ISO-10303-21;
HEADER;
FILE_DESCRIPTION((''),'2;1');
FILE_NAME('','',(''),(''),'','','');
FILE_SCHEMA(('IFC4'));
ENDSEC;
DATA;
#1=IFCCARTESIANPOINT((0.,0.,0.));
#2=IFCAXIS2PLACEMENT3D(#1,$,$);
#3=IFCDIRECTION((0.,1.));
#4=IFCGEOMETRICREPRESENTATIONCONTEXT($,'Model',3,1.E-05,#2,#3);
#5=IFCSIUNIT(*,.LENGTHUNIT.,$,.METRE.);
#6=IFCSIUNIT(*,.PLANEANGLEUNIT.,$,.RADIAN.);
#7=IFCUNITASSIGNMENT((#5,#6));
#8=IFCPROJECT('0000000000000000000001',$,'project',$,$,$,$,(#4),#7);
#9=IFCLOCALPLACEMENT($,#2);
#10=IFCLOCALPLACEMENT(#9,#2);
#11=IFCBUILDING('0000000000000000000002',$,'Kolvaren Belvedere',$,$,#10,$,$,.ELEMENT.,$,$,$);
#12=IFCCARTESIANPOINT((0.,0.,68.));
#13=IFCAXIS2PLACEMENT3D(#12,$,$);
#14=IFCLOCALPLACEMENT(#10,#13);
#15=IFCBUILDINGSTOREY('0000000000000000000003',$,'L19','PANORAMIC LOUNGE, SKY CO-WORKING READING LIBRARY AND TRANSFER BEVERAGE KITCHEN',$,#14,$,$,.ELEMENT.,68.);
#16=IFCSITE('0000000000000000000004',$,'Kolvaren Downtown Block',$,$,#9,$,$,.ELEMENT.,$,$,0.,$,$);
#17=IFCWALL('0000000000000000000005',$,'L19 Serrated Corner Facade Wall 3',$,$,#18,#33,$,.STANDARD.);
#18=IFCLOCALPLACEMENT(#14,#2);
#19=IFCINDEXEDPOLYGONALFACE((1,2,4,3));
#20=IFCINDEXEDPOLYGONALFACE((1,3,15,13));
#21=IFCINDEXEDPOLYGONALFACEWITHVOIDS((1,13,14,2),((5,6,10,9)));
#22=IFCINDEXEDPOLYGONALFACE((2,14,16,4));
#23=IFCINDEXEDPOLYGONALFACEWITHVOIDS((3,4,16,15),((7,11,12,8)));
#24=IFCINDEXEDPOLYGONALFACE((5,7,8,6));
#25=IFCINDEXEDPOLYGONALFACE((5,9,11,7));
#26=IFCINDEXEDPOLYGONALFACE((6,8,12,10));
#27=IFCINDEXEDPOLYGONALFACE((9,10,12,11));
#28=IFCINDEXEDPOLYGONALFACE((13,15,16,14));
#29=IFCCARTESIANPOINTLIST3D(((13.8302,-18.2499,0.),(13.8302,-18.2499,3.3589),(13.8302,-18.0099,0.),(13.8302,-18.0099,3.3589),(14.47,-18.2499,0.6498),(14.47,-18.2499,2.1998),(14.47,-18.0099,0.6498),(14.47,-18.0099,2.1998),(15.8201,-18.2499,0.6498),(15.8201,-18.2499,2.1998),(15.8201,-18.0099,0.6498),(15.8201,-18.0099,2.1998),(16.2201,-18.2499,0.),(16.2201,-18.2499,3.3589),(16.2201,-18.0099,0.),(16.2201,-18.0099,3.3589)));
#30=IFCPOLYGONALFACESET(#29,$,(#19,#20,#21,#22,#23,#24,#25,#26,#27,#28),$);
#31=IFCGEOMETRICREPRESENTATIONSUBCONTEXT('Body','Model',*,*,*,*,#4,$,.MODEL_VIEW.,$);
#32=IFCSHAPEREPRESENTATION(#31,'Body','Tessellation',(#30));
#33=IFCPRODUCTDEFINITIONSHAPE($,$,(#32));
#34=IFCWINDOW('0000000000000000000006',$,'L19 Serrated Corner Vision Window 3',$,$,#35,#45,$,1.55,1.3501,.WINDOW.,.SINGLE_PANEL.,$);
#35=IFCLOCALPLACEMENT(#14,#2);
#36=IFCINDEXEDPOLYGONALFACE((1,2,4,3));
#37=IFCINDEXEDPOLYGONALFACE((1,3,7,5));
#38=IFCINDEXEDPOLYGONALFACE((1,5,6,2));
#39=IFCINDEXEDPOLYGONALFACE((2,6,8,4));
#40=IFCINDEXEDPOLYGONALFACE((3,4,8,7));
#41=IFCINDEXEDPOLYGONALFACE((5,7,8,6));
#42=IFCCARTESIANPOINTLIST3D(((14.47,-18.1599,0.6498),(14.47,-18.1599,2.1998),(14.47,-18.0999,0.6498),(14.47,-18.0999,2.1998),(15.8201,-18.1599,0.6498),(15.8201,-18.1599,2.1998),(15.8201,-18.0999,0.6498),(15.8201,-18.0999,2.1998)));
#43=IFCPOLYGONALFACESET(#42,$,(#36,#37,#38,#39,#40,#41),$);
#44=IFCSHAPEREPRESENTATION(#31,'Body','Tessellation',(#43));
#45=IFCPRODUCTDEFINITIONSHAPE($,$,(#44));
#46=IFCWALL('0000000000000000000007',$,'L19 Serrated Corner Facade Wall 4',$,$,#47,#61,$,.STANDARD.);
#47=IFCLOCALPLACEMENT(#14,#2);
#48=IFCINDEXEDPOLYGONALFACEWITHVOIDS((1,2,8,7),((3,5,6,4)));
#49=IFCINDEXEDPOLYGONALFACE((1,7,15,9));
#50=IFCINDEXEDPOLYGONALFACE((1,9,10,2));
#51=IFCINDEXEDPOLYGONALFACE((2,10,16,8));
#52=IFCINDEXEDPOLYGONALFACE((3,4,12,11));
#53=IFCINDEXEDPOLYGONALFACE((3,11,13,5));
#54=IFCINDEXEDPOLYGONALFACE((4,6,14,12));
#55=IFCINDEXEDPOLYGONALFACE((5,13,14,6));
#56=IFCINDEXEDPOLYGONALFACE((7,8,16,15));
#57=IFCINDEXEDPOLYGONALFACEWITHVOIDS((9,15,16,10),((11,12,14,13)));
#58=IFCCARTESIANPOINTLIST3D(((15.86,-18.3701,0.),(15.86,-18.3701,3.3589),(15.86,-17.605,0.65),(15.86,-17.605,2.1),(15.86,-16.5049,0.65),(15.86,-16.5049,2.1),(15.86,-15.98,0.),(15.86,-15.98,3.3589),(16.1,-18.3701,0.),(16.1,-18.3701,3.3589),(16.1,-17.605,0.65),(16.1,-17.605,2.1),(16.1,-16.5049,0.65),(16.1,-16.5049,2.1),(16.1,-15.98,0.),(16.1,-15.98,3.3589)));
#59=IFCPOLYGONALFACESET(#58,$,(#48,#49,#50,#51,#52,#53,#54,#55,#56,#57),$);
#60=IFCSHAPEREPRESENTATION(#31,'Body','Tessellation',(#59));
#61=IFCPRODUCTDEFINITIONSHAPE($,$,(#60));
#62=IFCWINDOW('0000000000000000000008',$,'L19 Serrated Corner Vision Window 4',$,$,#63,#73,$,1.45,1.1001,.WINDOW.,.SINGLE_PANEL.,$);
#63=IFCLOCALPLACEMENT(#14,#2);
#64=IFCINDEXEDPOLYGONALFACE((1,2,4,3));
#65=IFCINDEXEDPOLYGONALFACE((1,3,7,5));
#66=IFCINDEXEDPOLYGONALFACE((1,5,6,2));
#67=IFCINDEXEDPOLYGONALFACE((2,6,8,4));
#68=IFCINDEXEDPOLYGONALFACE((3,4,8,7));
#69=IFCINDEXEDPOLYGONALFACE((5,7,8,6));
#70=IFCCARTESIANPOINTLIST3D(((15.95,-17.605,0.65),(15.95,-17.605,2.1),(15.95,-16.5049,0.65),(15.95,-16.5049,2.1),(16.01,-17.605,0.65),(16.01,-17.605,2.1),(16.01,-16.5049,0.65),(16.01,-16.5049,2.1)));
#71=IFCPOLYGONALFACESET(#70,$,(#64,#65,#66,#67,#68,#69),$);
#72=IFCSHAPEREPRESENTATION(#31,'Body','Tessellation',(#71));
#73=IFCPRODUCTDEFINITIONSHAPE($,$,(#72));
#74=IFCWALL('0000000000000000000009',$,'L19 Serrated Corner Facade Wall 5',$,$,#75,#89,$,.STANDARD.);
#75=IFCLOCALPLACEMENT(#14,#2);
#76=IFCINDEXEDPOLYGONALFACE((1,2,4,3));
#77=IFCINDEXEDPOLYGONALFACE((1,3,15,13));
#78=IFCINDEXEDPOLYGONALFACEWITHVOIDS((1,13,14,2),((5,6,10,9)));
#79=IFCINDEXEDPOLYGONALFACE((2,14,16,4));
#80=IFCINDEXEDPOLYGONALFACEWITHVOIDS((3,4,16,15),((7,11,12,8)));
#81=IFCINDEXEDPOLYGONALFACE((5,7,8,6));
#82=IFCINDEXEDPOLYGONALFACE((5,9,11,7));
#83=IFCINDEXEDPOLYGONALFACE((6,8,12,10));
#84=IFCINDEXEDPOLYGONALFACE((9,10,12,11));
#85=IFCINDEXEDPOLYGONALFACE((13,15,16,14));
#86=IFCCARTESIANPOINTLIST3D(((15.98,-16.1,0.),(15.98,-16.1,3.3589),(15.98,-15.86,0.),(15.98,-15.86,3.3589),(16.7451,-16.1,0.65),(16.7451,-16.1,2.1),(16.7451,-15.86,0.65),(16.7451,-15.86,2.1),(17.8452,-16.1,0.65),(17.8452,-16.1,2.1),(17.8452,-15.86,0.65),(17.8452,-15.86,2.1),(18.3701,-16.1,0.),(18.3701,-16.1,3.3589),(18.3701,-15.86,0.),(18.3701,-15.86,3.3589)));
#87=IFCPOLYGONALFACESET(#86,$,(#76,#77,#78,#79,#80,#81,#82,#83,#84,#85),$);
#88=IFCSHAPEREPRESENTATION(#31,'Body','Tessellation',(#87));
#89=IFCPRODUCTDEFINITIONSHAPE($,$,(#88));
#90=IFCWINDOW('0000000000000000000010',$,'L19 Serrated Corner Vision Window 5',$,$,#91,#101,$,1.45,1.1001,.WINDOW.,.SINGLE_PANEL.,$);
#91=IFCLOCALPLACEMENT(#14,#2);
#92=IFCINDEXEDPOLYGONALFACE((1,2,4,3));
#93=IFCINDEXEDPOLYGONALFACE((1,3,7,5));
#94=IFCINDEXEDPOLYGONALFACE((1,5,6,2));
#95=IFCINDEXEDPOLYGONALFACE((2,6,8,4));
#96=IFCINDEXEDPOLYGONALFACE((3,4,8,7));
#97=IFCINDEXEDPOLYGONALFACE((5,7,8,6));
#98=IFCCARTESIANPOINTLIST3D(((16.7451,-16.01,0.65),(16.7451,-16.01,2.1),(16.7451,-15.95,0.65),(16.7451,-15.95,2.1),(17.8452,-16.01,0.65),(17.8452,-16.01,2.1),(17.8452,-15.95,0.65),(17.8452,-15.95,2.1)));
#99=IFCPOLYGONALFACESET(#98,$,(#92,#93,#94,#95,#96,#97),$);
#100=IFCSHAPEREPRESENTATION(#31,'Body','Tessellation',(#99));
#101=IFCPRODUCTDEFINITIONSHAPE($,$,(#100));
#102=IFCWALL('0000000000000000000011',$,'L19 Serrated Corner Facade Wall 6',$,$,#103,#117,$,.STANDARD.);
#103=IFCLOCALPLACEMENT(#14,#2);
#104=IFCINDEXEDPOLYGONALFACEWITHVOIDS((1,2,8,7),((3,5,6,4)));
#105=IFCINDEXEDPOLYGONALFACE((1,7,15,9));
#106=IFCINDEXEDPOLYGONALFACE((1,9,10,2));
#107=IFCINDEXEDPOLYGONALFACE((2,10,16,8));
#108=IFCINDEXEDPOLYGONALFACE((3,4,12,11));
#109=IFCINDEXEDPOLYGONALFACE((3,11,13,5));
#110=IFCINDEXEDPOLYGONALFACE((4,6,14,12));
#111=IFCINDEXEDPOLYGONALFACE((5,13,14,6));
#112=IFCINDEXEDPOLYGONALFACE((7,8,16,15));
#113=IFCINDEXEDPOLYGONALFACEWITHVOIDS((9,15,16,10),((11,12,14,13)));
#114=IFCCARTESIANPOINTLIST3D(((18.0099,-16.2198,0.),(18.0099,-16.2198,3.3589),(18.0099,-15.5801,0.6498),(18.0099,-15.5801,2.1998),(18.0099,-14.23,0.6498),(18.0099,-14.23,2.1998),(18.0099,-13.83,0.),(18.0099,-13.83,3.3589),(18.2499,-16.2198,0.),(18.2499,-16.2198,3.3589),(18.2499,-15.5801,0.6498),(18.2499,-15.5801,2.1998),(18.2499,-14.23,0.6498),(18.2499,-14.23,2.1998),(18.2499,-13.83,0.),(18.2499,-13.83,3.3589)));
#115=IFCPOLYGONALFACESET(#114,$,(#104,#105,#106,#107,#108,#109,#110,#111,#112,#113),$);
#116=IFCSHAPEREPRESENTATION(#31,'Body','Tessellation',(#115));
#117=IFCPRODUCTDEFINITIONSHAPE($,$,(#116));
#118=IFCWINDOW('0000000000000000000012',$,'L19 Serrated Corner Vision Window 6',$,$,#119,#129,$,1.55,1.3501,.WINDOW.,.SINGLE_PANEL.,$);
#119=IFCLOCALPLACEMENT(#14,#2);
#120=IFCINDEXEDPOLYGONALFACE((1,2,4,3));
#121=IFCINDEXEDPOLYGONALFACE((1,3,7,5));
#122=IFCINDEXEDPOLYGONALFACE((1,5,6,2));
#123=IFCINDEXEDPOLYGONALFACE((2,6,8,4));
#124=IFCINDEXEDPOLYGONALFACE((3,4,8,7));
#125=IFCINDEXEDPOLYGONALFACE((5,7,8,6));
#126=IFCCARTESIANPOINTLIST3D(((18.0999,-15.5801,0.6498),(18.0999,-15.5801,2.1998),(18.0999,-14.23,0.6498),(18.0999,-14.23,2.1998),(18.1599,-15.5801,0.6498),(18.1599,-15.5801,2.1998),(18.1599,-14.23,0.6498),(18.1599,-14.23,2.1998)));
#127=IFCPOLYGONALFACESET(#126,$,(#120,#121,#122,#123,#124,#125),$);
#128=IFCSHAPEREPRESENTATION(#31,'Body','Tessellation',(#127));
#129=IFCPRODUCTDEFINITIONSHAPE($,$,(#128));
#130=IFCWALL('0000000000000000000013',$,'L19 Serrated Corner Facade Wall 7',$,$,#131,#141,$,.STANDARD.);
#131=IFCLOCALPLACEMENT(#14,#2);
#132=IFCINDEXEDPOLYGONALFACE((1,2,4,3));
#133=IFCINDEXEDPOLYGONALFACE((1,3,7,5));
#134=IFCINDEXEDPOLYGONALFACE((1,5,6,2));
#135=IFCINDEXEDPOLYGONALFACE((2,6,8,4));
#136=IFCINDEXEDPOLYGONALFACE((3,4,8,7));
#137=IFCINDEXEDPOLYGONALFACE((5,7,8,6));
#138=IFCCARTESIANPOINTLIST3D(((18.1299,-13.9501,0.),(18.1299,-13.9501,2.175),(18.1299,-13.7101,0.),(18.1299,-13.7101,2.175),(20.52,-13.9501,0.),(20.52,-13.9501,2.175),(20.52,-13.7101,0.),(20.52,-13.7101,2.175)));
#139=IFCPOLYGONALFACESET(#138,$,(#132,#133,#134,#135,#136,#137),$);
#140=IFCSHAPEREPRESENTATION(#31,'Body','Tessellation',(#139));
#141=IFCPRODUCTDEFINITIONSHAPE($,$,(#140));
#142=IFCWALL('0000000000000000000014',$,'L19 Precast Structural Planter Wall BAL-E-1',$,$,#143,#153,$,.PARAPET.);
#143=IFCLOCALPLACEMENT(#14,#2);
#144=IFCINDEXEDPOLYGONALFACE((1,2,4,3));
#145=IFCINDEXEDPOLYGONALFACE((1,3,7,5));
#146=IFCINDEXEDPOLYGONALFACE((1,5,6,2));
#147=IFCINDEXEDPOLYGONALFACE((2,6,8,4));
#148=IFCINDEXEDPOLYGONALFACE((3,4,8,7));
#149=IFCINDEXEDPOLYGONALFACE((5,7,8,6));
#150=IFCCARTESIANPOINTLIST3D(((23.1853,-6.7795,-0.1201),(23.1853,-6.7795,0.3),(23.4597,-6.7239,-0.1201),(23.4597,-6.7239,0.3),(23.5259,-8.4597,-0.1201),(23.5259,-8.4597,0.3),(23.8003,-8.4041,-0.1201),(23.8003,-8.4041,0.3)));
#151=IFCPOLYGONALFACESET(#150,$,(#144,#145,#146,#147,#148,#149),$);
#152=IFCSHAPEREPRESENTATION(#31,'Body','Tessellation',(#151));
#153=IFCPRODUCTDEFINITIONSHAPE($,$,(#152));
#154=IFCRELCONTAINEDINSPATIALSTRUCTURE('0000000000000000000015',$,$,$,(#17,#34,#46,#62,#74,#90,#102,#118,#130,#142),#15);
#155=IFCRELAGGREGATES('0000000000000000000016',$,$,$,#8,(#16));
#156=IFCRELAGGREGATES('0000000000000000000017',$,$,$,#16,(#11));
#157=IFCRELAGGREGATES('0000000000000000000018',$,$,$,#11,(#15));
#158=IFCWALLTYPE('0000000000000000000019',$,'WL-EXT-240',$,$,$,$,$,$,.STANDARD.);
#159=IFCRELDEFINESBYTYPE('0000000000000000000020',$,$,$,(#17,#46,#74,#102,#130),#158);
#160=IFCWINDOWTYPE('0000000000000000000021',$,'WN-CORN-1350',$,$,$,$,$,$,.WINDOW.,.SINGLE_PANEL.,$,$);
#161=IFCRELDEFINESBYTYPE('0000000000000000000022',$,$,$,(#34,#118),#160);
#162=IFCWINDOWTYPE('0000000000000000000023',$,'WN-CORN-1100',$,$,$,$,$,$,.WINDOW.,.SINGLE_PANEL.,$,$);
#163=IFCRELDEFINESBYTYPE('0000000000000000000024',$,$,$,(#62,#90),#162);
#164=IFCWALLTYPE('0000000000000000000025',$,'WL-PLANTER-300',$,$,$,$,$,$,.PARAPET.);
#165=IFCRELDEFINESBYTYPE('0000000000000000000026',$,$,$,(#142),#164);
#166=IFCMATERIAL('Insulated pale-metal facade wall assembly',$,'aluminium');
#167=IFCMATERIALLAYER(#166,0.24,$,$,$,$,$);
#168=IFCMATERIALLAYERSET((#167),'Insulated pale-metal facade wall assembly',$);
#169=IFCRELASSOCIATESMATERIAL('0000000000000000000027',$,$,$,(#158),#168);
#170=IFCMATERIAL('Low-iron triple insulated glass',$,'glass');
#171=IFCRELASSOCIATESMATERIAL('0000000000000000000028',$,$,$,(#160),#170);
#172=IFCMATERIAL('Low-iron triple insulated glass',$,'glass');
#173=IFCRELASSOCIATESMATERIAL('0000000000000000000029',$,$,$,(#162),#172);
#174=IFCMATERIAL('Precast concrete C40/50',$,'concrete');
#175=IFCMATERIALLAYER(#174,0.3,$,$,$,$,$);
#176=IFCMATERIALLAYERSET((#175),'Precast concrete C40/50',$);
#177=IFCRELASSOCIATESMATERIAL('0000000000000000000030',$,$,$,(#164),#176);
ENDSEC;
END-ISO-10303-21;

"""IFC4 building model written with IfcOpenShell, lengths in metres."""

from ifc_helpers import new_model, si_unit, direction, frame, frame_2d, origin, place, context, subcontext, project, spatial, rectangle, extrude, material, layer, layer_set, type_object, element, fill, save


model = new_model("IFC4")

# Units and contexts
model_context = context("Model", 3, precision=1e-05, world=origin(), true_north=direction((0.0, 1.0)))
body_context = subcontext(model_context, "Body", "Model", "MODEL_VIEW")
ifc_project = project(units=[si_unit("LENGTHUNIT", "METRE"), si_unit("PLANEANGLEUNIT", "RADIAN")], contexts=[model_context])

# Site, building, storey
site_placement = place(None, origin())
site = spatial("IfcSite", under=ifc_project, at=site_placement, Name="Kolvaren Downtown Block", CompositionType="ELEMENT", RefElevation=0.0)
building_placement = place(site_placement, origin())
building = spatial("IfcBuilding", under=site, at=building_placement, Name="Kolvaren Belvedere", CompositionType="ELEMENT")
storey_placement = place(building_placement, frame((0.0, 0.0, 68.0)))
storey = spatial("IfcBuildingStorey", under=building, at=storey_placement, Name="L19", Description="PANORAMIC LOUNGE, SKY CO-WORKING READING LIBRARY AND TRANSFER BEVERAGE KITCHEN", CompositionType="ELEMENT", Elevation=68.0)

# Shared definitions
ifc_material_1 = material(Name="Insulated pale-metal facade wall assembly", Category="aluminium")
ifc_layer_1 = layer(ifc_material_1, 0.24)
ifc_layer_set_1 = layer_set([ifc_layer_1], Name="Insulated pale-metal facade wall assembly")
wall_type_1 = type_object("IfcWallType", Name="WL-EXT-240", PredefinedType="STANDARD", material=ifc_layer_set_1)

# Walls, openings, windows
wall_1_placement = place(storey_placement, frame((16.22, -18.1299, 0.0), z_axis=(0.0, 0.0, 1.0), x_axis=(-1.0, 0.0, 0.0)))
wall_1 = element("IfcWall", 1, at=wall_1_placement, inside=storey, type_object=wall_type_1, Name="L19 Serrated Corner Facade Wall 3", PredefinedType="STANDARD", context=body_context, shape_type="SweptSolid", body=[
    extrude(rectangle(XDim=2.3899, YDim=0.24, at=frame_2d((1.1948, 0.0))), origin(), (0.0, 0.0, 1.0), 3.3589),
])
opening_1_placement = place(wall_1_placement, frame((0.3999, 0.0, 0.6499)))
opening_1 = element("IfcOpeningElement", 2, at=opening_1_placement, cuts=wall_1, PredefinedType="OPENING", context=body_context, shape_type="SweptSolid", body=[
    extrude(rectangle(XDim=1.3501, YDim=1.55, at=frame_2d((0.675, 0.7749))), frame((0.0, 0.1299, 0.0), z_axis=(0.0, -1.0, 0.0), x_axis=(1.0, 0.0, 0.0)), (0.0, 0.0, 1.0), 0.26),
])
ifc_material_2 = material(Name="Low-iron triple insulated glass", Category="glass")
window_type_1 = type_object("IfcWindowType", Name="WN-CORN-1350", PartitioningType="SINGLE_PANEL", PredefinedType="WINDOW", material=ifc_material_2)
window_1_placement = place(opening_1_placement, origin())
window_1 = element("IfcWindow", 3, at=window_1_placement, inside=storey, type_object=window_type_1, Name="L19 Serrated Corner Vision Window 3", OverallHeight=1.55, OverallWidth=1.3501, PartitioningType="SINGLE_PANEL", PredefinedType="WINDOW", context=body_context, shape_type="SweptSolid", body=[
    extrude(rectangle(XDim=1.3501, YDim=1.55, at=frame_2d((0.675, 0.7749))), frame((0.0, 0.03, 0.0), z_axis=(0.0, -1.0, 0.0), x_axis=(1.0, 0.0, 0.0)), (0.0, 0.0, 1.0), 0.0601),
])
fill(opening_1, window_1)
wall_2_placement = place(storey_placement, frame((15.98, -15.98, 0.0), z_axis=(0.0, 0.0, 1.0), x_axis=(0.0, -1.0, 0.0)))
wall_2 = element("IfcWall", 4, at=wall_2_placement, inside=storey, type_object=wall_type_1, Name="L19 Serrated Corner Facade Wall 4", PredefinedType="STANDARD", context=body_context, shape_type="SweptSolid", body=[
    extrude(rectangle(XDim=2.3901, YDim=0.24, at=frame_2d((1.1951, 0.0))), origin(), (0.0, 0.0, 1.0), 3.3589),
])
opening_2_placement = place(wall_2_placement, frame((0.5249, 0.0, 0.6499)))
opening_2 = element("IfcOpeningElement", 5, at=opening_2_placement, cuts=wall_2, PredefinedType="OPENING", context=body_context, shape_type="SweptSolid", body=[
    extrude(rectangle(XDim=1.1001, YDim=1.45, at=frame_2d((0.55, 0.7251))), frame((0.0, 0.1299, 0.0), z_axis=(0.0, -1.0, 0.0), x_axis=(1.0, 0.0, 0.0)), (0.0, 0.0, 1.0), 0.26),
])
ifc_material_3 = material(Name="Low-iron triple insulated glass", Category="glass")
window_type_2 = type_object("IfcWindowType", Name="WN-CORN-1100", PartitioningType="SINGLE_PANEL", PredefinedType="WINDOW", material=ifc_material_3)
window_2_placement = place(opening_2_placement, origin())
window_2 = element("IfcWindow", 6, at=window_2_placement, inside=storey, type_object=window_type_2, Name="L19 Serrated Corner Vision Window 4", OverallHeight=1.45, OverallWidth=1.1001, PartitioningType="SINGLE_PANEL", PredefinedType="WINDOW", context=body_context, shape_type="SweptSolid", body=[
    extrude(rectangle(XDim=1.1001, YDim=1.45, at=frame_2d((0.55, 0.7251))), frame((0.0, 0.03, 0.0), z_axis=(0.0, -1.0, 0.0), x_axis=(1.0, 0.0, 0.0)), (0.0, 0.0, 1.0), 0.0601),
])
fill(opening_2, window_2)
wall_3_placement = place(storey_placement, frame((18.3701, -15.98, 0.0), z_axis=(0.0, 0.0, 1.0), x_axis=(-1.0, 0.0, 0.0)))
wall_3 = element("IfcWall", 7, at=wall_3_placement, inside=storey, type_object=wall_type_1, Name="L19 Serrated Corner Facade Wall 5", PredefinedType="STANDARD", context=body_context, shape_type="SweptSolid", body=[
    extrude(rectangle(XDim=2.3901, YDim=0.24, at=frame_2d((1.1951, 0.0))), origin(), (0.0, 0.0, 1.0), 3.3589),
])
opening_3_placement = place(wall_3_placement, frame((0.5249, 0.0, 0.6499)))
opening_3 = element("IfcOpeningElement", 8, at=opening_3_placement, cuts=wall_3, PredefinedType="OPENING", context=body_context, shape_type="SweptSolid", body=[
    extrude(rectangle(XDim=1.1001, YDim=1.45, at=frame_2d((0.55, 0.7251))), frame((0.0, 0.1299, 0.0), z_axis=(0.0, -1.0, 0.0), x_axis=(1.0, 0.0, 0.0)), (0.0, 0.0, 1.0), 0.26),
])
window_3_placement = place(opening_3_placement, origin())
window_3 = element("IfcWindow", 9, at=window_3_placement, inside=storey, type_object=window_type_2, Name="L19 Serrated Corner Vision Window 5", OverallHeight=1.45, OverallWidth=1.1001, PartitioningType="SINGLE_PANEL", PredefinedType="WINDOW", context=body_context, shape_type="SweptSolid", body=[
    extrude(rectangle(XDim=1.1001, YDim=1.45, at=frame_2d((0.55, 0.7251))), frame((0.0, 0.03, 0.0), z_axis=(0.0, -1.0, 0.0), x_axis=(1.0, 0.0, 0.0)), (0.0, 0.0, 1.0), 0.0601),
])
fill(opening_3, window_3)
wall_4_placement = place(storey_placement, frame((18.1299, -13.8301, 0.0), z_axis=(0.0, 0.0, 1.0), x_axis=(0.0, -1.0, 0.0)))
wall_4 = element("IfcWall", 10, at=wall_4_placement, inside=storey, type_object=wall_type_1, Name="L19 Serrated Corner Facade Wall 6", PredefinedType="STANDARD", context=body_context, shape_type="SweptSolid", body=[
    extrude(rectangle(XDim=2.3899, YDim=0.24, at=frame_2d((1.1948, 0.0))), origin(), (0.0, 0.0, 1.0), 3.3589),
])
opening_4_placement = place(wall_4_placement, frame((0.3999, 0.0, 0.6499)))
opening_4 = element("IfcOpeningElement", 11, at=opening_4_placement, cuts=wall_4, PredefinedType="OPENING", context=body_context, shape_type="SweptSolid", body=[
    extrude(rectangle(XDim=1.3501, YDim=1.55, at=frame_2d((0.675, 0.7749))), frame((0.0, 0.1299, 0.0), z_axis=(0.0, -1.0, 0.0), x_axis=(1.0, 0.0, 0.0)), (0.0, 0.0, 1.0), 0.26),
])
window_4_placement = place(opening_4_placement, origin())
window_4 = element("IfcWindow", 12, at=window_4_placement, inside=storey, type_object=window_type_1, Name="L19 Serrated Corner Vision Window 6", OverallHeight=1.55, OverallWidth=1.3501, PartitioningType="SINGLE_PANEL", PredefinedType="WINDOW", context=body_context, shape_type="SweptSolid", body=[
    extrude(rectangle(XDim=1.3501, YDim=1.55, at=frame_2d((0.675, 0.7749))), frame((0.0, 0.03, 0.0), z_axis=(0.0, -1.0, 0.0), x_axis=(1.0, 0.0, 0.0)), (0.0, 0.0, 1.0), 0.0601),
])
fill(opening_4, window_4)

# Walls
wall_5_placement = place(storey_placement, frame((20.52, -13.8301, 0.0), z_axis=(0.0, 0.0, 1.0), x_axis=(-1.0, 0.0, 0.0)))
element("IfcWall", 13, at=wall_5_placement, inside=storey, type_object=wall_type_1, Name="L19 Serrated Corner Facade Wall 7", PredefinedType="STANDARD", context=body_context, shape_type="SweptSolid", body=[
    extrude(rectangle(XDim=2.3901, YDim=0.24, at=frame_2d((1.1951, 0.0))), origin(), (0.0, 0.0, 1.0), 2.175),
])
ifc_material_4 = material(Name="Precast concrete C40/50", Category="concrete")
ifc_layer_2 = layer(ifc_material_4, 0.3)
ifc_layer_set_2 = layer_set([ifc_layer_2], Name="Precast concrete C40/50")
wall_type_2 = type_object("IfcWallType", Name="WL-PLANTER-300", PredefinedType="PARAPET", material=ifc_layer_set_2)
wall_6_placement = place(storey_placement, frame((23.6631, -8.4319, -0.1201), z_axis=(0.0, 0.0, 1.0), x_axis=(-0.198662, 0.980068, 0.0)))
element("IfcWall", 14, at=wall_6_placement, inside=storey, type_object=wall_type_2, Name="L19 Precast Structural Planter Wall BAL-E-1", PredefinedType="PARAPET", context=body_context, shape_type="SweptSolid", body=[
    extrude(rectangle(XDim=1.7144, YDim=0.28, at=frame_2d((0.8572, 0.0))), origin(), (0.0, 0.0, 1.0), 0.4202),
])

save(model, "model.ifc")
